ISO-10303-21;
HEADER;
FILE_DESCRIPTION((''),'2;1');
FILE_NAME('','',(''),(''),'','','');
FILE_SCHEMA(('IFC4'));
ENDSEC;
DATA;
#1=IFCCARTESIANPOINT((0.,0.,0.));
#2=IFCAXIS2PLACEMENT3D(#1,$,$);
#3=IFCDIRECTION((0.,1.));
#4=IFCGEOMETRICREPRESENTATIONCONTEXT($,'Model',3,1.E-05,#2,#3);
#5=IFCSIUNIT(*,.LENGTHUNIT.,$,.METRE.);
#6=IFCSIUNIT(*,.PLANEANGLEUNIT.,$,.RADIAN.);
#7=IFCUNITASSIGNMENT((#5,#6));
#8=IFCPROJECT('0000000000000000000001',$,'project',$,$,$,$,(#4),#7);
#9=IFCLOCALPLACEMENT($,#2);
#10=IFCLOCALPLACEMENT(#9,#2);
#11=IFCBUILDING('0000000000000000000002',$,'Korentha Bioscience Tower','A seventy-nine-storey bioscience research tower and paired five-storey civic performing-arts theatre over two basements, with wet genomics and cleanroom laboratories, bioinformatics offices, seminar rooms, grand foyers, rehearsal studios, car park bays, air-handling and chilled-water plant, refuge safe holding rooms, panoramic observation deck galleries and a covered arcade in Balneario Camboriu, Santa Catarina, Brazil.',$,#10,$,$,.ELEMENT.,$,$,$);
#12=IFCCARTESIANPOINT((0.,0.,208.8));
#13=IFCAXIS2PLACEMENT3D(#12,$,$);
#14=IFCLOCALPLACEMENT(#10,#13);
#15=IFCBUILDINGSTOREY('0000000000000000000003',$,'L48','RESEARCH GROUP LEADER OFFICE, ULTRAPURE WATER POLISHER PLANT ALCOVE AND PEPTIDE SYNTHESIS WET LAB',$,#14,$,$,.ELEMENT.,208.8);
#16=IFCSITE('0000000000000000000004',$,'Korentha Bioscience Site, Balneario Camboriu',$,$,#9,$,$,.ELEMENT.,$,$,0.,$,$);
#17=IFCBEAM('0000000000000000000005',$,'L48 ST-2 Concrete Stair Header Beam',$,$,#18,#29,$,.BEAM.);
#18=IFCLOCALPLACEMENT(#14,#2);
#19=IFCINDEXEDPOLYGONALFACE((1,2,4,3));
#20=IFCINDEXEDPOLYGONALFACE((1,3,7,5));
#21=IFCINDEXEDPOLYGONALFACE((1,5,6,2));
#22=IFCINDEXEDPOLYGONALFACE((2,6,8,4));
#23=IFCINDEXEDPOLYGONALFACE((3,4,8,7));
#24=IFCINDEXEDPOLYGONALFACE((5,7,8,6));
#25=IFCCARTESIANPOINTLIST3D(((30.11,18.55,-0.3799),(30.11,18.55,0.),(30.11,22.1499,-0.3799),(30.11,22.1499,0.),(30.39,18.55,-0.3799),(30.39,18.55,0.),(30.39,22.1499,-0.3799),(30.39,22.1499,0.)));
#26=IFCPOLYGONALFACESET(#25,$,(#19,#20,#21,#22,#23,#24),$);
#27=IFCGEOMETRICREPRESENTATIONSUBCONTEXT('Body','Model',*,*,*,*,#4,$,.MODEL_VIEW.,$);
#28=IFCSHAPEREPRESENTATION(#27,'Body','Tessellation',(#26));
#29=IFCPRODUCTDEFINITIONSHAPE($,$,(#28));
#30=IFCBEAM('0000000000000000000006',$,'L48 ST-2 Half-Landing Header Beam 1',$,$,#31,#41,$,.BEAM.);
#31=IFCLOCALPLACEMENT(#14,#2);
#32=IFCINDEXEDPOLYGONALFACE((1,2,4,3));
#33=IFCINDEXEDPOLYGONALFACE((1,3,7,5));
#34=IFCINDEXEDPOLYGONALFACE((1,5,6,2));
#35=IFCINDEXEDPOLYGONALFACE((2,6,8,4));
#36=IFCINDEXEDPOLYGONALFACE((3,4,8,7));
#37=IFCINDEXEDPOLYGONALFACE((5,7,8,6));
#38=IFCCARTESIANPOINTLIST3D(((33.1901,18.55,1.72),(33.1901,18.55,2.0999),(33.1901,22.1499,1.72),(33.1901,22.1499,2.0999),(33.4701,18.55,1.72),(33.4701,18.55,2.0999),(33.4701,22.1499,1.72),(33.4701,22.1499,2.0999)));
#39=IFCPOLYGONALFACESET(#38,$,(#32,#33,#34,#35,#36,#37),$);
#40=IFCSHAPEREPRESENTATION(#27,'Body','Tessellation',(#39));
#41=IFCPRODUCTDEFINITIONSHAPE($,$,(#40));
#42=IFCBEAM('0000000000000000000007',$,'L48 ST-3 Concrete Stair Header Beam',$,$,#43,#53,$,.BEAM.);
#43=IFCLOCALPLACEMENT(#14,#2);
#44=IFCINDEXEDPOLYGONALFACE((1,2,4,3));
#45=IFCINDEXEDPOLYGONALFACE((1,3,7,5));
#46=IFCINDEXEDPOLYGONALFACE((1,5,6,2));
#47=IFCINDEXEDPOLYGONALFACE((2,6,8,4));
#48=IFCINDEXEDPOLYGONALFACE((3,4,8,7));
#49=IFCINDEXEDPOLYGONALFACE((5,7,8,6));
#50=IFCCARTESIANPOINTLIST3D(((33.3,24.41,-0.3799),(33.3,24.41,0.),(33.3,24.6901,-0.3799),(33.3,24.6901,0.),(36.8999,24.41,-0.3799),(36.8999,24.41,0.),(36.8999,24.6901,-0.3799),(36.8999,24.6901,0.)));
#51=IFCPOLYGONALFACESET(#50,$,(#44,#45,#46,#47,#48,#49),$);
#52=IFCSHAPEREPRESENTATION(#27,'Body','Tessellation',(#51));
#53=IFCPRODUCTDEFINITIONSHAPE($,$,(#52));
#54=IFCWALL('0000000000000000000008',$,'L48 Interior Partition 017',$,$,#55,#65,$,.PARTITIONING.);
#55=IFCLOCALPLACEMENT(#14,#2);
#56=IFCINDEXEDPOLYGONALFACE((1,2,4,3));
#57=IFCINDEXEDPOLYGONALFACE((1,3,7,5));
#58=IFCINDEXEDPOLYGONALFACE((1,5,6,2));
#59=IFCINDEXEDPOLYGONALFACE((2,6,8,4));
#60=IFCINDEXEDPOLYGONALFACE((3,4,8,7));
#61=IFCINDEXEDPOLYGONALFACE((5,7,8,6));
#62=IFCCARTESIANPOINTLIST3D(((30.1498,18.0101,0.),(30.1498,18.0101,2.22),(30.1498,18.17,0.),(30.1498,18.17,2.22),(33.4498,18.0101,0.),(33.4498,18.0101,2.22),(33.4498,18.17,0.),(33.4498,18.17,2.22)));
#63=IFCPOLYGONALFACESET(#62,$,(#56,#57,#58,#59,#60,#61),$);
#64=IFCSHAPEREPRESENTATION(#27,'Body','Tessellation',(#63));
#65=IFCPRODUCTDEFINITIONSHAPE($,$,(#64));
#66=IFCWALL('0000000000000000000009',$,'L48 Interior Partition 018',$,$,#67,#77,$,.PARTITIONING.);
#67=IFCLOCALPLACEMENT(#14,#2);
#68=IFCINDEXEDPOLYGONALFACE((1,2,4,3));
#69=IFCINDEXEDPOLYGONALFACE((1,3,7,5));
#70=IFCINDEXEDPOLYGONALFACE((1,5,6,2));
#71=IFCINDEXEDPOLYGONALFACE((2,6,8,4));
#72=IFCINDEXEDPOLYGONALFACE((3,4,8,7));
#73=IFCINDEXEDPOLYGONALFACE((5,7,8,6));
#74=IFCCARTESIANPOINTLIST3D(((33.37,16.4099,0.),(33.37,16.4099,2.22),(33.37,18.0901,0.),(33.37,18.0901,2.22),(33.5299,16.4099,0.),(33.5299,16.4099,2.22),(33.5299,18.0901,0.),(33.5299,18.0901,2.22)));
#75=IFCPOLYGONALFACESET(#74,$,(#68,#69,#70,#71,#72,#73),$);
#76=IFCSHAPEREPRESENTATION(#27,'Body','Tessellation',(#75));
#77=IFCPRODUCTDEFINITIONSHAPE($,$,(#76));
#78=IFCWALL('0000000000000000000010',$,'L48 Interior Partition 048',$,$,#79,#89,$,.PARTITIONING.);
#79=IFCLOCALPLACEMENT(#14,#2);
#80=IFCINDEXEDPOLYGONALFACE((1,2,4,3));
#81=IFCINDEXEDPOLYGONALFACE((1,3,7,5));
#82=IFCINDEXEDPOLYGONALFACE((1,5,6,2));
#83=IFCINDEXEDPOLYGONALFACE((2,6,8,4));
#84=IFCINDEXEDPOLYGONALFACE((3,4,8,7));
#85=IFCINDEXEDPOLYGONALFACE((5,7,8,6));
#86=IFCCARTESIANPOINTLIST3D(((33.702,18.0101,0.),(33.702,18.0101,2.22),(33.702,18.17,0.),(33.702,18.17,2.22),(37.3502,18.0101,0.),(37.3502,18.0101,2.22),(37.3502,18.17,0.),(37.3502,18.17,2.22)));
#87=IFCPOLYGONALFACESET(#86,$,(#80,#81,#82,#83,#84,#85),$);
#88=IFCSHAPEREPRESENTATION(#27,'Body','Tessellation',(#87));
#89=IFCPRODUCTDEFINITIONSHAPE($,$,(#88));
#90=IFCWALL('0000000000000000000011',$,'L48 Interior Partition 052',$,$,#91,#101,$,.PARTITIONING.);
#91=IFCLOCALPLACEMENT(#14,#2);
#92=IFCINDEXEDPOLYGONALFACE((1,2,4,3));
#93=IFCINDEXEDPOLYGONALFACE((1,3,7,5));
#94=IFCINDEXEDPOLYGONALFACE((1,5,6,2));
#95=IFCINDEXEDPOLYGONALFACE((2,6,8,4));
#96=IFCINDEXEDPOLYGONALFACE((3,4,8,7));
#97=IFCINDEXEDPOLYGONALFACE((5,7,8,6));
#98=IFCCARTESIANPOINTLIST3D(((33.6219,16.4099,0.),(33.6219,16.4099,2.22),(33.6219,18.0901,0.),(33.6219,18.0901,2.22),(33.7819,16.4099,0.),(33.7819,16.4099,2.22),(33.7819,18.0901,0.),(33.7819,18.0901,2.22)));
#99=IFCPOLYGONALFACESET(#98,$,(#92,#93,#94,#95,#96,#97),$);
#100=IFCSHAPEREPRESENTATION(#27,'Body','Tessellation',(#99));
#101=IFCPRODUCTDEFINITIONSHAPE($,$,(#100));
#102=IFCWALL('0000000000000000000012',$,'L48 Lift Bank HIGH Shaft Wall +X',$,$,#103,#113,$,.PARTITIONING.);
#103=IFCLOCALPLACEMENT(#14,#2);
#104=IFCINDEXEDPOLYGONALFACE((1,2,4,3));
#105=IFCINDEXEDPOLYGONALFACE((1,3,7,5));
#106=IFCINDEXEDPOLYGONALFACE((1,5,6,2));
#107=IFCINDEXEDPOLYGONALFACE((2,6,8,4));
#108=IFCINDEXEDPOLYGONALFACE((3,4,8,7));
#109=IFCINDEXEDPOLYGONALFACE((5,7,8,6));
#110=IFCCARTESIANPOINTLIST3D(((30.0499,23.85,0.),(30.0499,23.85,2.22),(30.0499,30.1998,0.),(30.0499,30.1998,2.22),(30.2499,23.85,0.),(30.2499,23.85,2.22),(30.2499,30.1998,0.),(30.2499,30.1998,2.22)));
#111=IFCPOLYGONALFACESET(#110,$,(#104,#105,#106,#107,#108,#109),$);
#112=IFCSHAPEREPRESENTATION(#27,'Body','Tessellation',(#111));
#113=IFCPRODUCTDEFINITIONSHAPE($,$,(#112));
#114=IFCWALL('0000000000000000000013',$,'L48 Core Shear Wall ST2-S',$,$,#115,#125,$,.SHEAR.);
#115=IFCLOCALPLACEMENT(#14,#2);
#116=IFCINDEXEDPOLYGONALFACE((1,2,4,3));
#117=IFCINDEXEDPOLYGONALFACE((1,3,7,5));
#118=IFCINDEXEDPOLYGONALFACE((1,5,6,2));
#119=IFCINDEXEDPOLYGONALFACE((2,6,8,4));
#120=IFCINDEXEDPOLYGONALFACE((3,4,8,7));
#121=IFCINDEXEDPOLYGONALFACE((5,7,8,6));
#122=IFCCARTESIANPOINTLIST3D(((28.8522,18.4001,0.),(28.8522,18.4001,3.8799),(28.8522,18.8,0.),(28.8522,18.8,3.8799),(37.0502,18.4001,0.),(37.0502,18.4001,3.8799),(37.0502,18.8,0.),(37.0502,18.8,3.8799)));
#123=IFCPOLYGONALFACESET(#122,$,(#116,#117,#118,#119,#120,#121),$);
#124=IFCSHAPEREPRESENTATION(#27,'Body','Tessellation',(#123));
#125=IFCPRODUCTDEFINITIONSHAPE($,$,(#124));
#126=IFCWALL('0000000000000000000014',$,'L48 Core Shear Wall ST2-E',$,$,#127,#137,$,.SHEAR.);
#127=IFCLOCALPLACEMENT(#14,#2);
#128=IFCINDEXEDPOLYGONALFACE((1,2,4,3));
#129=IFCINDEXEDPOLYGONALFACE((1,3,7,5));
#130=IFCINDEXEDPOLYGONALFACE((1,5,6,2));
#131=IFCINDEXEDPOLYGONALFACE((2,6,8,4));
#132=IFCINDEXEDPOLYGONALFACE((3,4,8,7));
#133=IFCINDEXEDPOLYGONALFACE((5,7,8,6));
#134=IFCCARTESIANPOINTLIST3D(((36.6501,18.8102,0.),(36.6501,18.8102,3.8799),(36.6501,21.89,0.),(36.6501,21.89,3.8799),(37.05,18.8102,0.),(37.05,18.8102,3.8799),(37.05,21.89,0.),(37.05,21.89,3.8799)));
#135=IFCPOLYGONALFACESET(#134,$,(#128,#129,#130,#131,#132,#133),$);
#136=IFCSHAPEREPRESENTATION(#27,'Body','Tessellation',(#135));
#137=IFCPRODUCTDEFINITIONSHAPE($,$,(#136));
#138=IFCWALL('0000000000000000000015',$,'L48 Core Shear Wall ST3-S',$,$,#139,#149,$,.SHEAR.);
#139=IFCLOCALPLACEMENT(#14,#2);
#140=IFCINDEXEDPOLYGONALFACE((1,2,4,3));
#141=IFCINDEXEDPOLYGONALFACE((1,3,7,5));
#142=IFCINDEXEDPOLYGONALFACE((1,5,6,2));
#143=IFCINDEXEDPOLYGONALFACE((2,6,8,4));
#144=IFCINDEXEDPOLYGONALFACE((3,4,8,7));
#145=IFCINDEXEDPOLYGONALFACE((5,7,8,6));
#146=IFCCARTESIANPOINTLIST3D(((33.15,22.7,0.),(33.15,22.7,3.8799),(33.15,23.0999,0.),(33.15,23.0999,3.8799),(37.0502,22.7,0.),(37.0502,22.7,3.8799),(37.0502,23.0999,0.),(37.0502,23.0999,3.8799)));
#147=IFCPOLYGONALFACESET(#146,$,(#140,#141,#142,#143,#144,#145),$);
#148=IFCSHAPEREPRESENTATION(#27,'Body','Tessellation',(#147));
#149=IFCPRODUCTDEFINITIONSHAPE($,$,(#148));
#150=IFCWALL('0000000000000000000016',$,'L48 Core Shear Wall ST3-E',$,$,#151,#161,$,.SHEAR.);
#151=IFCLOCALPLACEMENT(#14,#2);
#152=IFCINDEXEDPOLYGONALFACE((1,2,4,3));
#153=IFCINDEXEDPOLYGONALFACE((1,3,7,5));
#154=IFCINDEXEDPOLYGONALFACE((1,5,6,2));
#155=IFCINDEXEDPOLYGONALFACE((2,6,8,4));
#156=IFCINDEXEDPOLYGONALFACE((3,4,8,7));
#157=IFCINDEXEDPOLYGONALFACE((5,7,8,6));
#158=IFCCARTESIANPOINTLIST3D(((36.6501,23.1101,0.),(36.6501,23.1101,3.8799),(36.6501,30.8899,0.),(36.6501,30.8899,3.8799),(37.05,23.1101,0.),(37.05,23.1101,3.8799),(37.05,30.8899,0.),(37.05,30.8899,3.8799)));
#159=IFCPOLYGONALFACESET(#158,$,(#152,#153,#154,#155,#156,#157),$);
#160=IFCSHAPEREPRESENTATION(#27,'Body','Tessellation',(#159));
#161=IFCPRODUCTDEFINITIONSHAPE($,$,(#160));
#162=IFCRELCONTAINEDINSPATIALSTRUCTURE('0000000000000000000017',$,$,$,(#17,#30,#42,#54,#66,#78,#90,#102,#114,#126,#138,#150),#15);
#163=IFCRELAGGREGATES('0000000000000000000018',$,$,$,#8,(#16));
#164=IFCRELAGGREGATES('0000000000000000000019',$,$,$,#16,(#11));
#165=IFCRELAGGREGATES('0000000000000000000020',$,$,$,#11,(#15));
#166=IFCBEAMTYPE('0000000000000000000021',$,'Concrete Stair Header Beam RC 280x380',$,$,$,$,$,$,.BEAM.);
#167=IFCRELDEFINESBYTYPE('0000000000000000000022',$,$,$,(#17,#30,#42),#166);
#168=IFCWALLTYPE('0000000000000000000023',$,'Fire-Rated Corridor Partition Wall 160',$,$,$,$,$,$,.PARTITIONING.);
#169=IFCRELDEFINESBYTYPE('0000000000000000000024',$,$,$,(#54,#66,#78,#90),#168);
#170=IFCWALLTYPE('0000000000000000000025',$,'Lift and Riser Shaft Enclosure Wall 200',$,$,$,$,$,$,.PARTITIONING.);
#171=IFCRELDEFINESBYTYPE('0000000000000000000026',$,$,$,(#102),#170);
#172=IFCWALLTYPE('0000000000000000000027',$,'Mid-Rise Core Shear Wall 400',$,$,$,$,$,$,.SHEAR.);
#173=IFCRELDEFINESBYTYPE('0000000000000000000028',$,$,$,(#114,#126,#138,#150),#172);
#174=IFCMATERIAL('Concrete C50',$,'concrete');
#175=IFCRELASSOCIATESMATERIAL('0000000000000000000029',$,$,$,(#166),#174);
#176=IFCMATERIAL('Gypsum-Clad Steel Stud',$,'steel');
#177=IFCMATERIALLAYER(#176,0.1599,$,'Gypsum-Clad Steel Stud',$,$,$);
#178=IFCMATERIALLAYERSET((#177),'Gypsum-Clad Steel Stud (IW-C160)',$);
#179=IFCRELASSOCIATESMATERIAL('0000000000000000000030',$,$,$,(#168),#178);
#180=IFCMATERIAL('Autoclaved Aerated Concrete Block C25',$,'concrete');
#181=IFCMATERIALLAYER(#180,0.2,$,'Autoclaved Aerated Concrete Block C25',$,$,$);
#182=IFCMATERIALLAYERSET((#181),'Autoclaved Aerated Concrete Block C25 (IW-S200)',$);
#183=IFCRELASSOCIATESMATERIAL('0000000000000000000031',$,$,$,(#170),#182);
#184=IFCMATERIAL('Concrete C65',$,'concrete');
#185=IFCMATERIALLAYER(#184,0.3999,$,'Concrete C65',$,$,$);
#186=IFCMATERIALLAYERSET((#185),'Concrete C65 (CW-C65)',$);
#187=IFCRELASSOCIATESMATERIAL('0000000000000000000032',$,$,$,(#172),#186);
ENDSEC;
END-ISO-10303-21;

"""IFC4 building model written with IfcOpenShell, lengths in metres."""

from ifc_helpers import new_model, si_unit, direction, frame, frame_2d, origin, origin_2d, place, context, subcontext, project, spatial, rectangle, extrude, material, layer, layer_set, material_profile, profile_set, type_object, element, save


model = new_model("IFC4")

# Units and contexts
model_context = context("Model", 3, precision=1e-05, world=origin(), true_north=direction((0.0, 1.0)))
body_context = subcontext(model_context, "Body", "Model", "MODEL_VIEW")
ifc_project = project(units=[si_unit("LENGTHUNIT", "METRE"), si_unit("PLANEANGLEUNIT", "RADIAN")], contexts=[model_context])

# Site, building, storey
site_placement = place(None, origin())
site = spatial("IfcSite", under=ifc_project, at=site_placement, Name="Korentha Bioscience Site, Balneario Camboriu", CompositionType="ELEMENT", RefElevation=0.0)
building_placement = place(site_placement, origin())
building = spatial("IfcBuilding", under=site, at=building_placement, Name="Korentha Bioscience Tower", Description="A seventy-nine-storey bioscience research tower and paired five-storey civic performing-arts theatre over two basements, with wet genomics and cleanroom laboratories, bioinformatics offices, seminar rooms, grand foyers, rehearsal studios, car park bays, air-handling and chilled-water plant, refuge safe holding rooms, panoramic observation deck galleries and a covered arcade in Balneario Camboriu, Santa Catarina, Brazil.", CompositionType="ELEMENT")
storey_placement = place(building_placement, frame((0.0, 0.0, 208.8)))
storey = spatial("IfcBuildingStorey", under=building, at=storey_placement, Name="L48", Description="RESEARCH GROUP LEADER OFFICE, ULTRAPURE WATER POLISHER PLANT ALCOVE AND PEPTIDE SYNTHESIS WET LAB", CompositionType="ELEMENT", Elevation=208.8)

# Beams
ifc_material_1 = material(Name="Concrete C50", Category="concrete")
ifc_material_profile = material_profile(ifc_material_1, rectangle(XDim=0.28, YDim=0.3799, at=origin_2d()), Name="Concrete C50")
ifc_profile_set = profile_set([ifc_material_profile], Name="Concrete C50 (ST-HB380)")
beam_type = type_object("IfcBeamType", Name="Concrete Stair Header Beam RC 280x380", PredefinedType="BEAM", material=ifc_profile_set)
for number, where, z_axis, x_axis, name in (
    (1, (30.25, 18.55, -0.1899), (0.0, 1.0, 0.0), (-1.0, 0.0, 0.0), "L48 ST-2 Concrete Stair Header Beam"),
    (2, (33.3301, 18.55, 1.9099), (0.0, 1.0, 0.0), (-1.0, 0.0, 0.0), "L48 ST-2 Half-Landing Header Beam 1"),
    (3, (36.8999, 24.55, -0.1899), (-1.0, 0.0, 0.0), (0.0, -1.0, 0.0), "L48 ST-3 Concrete Stair Header Beam"),
):
    element("IfcBeam", number, at=place(storey_placement, frame(where, z_axis=z_axis, x_axis=x_axis)), inside=storey, type_object=beam_type, Name=name, PredefinedType="BEAM", context=body_context, shape_type="SweptSolid", body=[
        extrude(rectangle(XDim=0.28, YDim=0.3799, at=origin_2d()), origin(), (0.0, 0.0, 1.0), 3.5999),
    ])

# Walls
ifc_material_2 = material(Name="Gypsum-Clad Steel Stud", Category="steel")
ifc_layer_1 = layer(ifc_material_2, 0.1599, Name="Gypsum-Clad Steel Stud")
ifc_layer_set_1 = layer_set([ifc_layer_1], Name="Gypsum-Clad Steel Stud (IW-C160)")
wall_type_1 = type_object("IfcWallType", Name="Fire-Rated Corridor Partition Wall 160", PredefinedType="PARTITIONING", material=ifc_layer_set_1)
wall_1_placement = place(storey_placement, frame((30.1499, 18.0901, 0.0), z_axis=(0.0, 0.0, 1.0), x_axis=(1.0, 0.0, 0.0)))
element("IfcWall", 4, at=wall_1_placement, inside=storey, type_object=wall_type_1, Name="L48 Interior Partition 017", PredefinedType="PARTITIONING", context=body_context, shape_type="SweptSolid", body=[
    extrude(rectangle(XDim=3.3, YDim=0.1599, at=frame_2d((1.6499, 0.0))), origin(), (0.0, 0.0, 1.0), 2.22),
])
wall_2_placement = place(storey_placement, frame((33.45, 18.0901, 0.0), z_axis=(0.0, 0.0, 1.0), x_axis=(0.0, -1.0, 0.0)))
element("IfcWall", 5, at=wall_2_placement, inside=storey, type_object=wall_type_1, Name="L48 Interior Partition 018", PredefinedType="PARTITIONING", context=body_context, shape_type="SweptSolid", body=[
    extrude(rectangle(XDim=1.6802, YDim=0.1599, at=frame_2d((0.8401, 0.0))), origin(), (0.0, 0.0, 1.0), 2.22),
])
wall_3_placement = place(storey_placement, frame((33.7019, 18.0901, 0.0), z_axis=(0.0, 0.0, 1.0), x_axis=(1.0, 0.0, 0.0)))
element("IfcWall", 6, at=wall_3_placement, inside=storey, type_object=wall_type_1, Name="L48 Interior Partition 048", PredefinedType="PARTITIONING", context=body_context, shape_type="SweptSolid", body=[
    extrude(rectangle(XDim=3.6482, YDim=0.1599, at=frame_2d((1.8242, 0.0))), origin(), (0.0, 0.0, 1.0), 2.22),
])
wall_4_placement = place(storey_placement, frame((33.7019, 16.4099, 0.0), z_axis=(0.0, 0.0, 1.0), x_axis=(0.0, 1.0, 0.0)))
element("IfcWall", 7, at=wall_4_placement, inside=storey, type_object=wall_type_1, Name="L48 Interior Partition 052", PredefinedType="PARTITIONING", context=body_context, shape_type="SweptSolid", body=[
    extrude(rectangle(XDim=1.6802, YDim=0.1599, at=frame_2d((0.8401, 0.0))), origin(), (0.0, 0.0, 1.0), 2.22),
])
ifc_material_3 = material(Name="Autoclaved Aerated Concrete Block C25", Category="concrete")
ifc_layer_2 = layer(ifc_material_3, 0.2, Name="Autoclaved Aerated Concrete Block C25")
ifc_layer_set_2 = layer_set([ifc_layer_2], Name="Autoclaved Aerated Concrete Block C25 (IW-S200)")
wall_type_2 = type_object("IfcWallType", Name="Lift and Riser Shaft Enclosure Wall 200", PredefinedType="PARTITIONING", material=ifc_layer_set_2)
wall_5_placement = place(storey_placement, frame((30.1499, 23.8501, 0.0), z_axis=(0.0, 0.0, 1.0), x_axis=(0.0, 1.0, 0.0)))
element("IfcWall", 8, at=wall_5_placement, inside=storey, type_object=wall_type_2, Name="L48 Lift Bank HIGH Shaft Wall +X", PredefinedType="PARTITIONING", context=body_context, shape_type="SweptSolid", body=[
    extrude(rectangle(XDim=6.3499, YDim=0.2, at=frame_2d((3.1748, 0.0))), origin(), (0.0, 0.0, 1.0), 2.22),
])
ifc_material_4 = material(Name="Concrete C65", Category="concrete")
ifc_layer_3 = layer(ifc_material_4, 0.3999, Name="Concrete C65")
ifc_layer_set_3 = layer_set([ifc_layer_3], Name="Concrete C65 (CW-C65)")
wall_type_3 = type_object("IfcWallType", Name="Mid-Rise Core Shear Wall 400", PredefinedType="SHEAR", material=ifc_layer_set_3)
wall_6_placement = place(storey_placement, frame((28.8521, 18.6001, 0.0), z_axis=(0.0, 0.0, 1.0), x_axis=(1.0, 0.0, 0.0)))
element("IfcWall", 9, at=wall_6_placement, inside=storey, type_object=wall_type_3, Name="L48 Core Shear Wall ST2-S", PredefinedType="SHEAR", context=body_context, shape_type="SweptSolid", body=[
    extrude(rectangle(XDim=8.198, YDim=0.3999, at=frame_2d((4.0991, 0.0))), origin(), (0.0, 0.0, 1.0), 3.8799),
])
wall_7_placement = place(storey_placement, frame((36.8501, 18.8101, 0.0), z_axis=(0.0, 0.0, 1.0), x_axis=(0.0, 1.0, 0.0)))
element("IfcWall", 10, at=wall_7_placement, inside=storey, type_object=wall_type_3, Name="L48 Core Shear Wall ST2-E", PredefinedType="SHEAR", context=body_context, shape_type="SweptSolid", body=[
    extrude(rectangle(XDim=3.0798, YDim=0.3999, at=frame_2d((1.54, 0.0))), origin(), (0.0, 0.0, 1.0), 3.8799),
])
wall_8_placement = place(storey_placement, frame((33.1499, 22.8999, 0.0), z_axis=(0.0, 0.0, 1.0), x_axis=(1.0, 0.0, 0.0)))
element("IfcWall", 11, at=wall_8_placement, inside=storey, type_object=wall_type_3, Name="L48 Core Shear Wall ST3-S", PredefinedType="SHEAR", context=body_context, shape_type="SweptSolid", body=[
    extrude(rectangle(XDim=3.9001, YDim=0.3999, at=frame_2d((1.9502, 0.0))), origin(), (0.0, 0.0, 1.0), 3.8799),
])
wall_9_placement = place(storey_placement, frame((36.8501, 23.1101, 0.0), z_axis=(0.0, 0.0, 1.0), x_axis=(0.0, 1.0, 0.0)))
element("IfcWall", 12, at=wall_9_placement, inside=storey, type_object=wall_type_3, Name="L48 Core Shear Wall ST3-E", PredefinedType="SHEAR", context=body_context, shape_type="SweptSolid", body=[
    extrude(rectangle(XDim=7.7798, YDim=0.3999, at=frame_2d((3.8899, 0.0))), origin(), (0.0, 0.0, 1.0), 3.8799),
])

save(model, "model.ifc")
